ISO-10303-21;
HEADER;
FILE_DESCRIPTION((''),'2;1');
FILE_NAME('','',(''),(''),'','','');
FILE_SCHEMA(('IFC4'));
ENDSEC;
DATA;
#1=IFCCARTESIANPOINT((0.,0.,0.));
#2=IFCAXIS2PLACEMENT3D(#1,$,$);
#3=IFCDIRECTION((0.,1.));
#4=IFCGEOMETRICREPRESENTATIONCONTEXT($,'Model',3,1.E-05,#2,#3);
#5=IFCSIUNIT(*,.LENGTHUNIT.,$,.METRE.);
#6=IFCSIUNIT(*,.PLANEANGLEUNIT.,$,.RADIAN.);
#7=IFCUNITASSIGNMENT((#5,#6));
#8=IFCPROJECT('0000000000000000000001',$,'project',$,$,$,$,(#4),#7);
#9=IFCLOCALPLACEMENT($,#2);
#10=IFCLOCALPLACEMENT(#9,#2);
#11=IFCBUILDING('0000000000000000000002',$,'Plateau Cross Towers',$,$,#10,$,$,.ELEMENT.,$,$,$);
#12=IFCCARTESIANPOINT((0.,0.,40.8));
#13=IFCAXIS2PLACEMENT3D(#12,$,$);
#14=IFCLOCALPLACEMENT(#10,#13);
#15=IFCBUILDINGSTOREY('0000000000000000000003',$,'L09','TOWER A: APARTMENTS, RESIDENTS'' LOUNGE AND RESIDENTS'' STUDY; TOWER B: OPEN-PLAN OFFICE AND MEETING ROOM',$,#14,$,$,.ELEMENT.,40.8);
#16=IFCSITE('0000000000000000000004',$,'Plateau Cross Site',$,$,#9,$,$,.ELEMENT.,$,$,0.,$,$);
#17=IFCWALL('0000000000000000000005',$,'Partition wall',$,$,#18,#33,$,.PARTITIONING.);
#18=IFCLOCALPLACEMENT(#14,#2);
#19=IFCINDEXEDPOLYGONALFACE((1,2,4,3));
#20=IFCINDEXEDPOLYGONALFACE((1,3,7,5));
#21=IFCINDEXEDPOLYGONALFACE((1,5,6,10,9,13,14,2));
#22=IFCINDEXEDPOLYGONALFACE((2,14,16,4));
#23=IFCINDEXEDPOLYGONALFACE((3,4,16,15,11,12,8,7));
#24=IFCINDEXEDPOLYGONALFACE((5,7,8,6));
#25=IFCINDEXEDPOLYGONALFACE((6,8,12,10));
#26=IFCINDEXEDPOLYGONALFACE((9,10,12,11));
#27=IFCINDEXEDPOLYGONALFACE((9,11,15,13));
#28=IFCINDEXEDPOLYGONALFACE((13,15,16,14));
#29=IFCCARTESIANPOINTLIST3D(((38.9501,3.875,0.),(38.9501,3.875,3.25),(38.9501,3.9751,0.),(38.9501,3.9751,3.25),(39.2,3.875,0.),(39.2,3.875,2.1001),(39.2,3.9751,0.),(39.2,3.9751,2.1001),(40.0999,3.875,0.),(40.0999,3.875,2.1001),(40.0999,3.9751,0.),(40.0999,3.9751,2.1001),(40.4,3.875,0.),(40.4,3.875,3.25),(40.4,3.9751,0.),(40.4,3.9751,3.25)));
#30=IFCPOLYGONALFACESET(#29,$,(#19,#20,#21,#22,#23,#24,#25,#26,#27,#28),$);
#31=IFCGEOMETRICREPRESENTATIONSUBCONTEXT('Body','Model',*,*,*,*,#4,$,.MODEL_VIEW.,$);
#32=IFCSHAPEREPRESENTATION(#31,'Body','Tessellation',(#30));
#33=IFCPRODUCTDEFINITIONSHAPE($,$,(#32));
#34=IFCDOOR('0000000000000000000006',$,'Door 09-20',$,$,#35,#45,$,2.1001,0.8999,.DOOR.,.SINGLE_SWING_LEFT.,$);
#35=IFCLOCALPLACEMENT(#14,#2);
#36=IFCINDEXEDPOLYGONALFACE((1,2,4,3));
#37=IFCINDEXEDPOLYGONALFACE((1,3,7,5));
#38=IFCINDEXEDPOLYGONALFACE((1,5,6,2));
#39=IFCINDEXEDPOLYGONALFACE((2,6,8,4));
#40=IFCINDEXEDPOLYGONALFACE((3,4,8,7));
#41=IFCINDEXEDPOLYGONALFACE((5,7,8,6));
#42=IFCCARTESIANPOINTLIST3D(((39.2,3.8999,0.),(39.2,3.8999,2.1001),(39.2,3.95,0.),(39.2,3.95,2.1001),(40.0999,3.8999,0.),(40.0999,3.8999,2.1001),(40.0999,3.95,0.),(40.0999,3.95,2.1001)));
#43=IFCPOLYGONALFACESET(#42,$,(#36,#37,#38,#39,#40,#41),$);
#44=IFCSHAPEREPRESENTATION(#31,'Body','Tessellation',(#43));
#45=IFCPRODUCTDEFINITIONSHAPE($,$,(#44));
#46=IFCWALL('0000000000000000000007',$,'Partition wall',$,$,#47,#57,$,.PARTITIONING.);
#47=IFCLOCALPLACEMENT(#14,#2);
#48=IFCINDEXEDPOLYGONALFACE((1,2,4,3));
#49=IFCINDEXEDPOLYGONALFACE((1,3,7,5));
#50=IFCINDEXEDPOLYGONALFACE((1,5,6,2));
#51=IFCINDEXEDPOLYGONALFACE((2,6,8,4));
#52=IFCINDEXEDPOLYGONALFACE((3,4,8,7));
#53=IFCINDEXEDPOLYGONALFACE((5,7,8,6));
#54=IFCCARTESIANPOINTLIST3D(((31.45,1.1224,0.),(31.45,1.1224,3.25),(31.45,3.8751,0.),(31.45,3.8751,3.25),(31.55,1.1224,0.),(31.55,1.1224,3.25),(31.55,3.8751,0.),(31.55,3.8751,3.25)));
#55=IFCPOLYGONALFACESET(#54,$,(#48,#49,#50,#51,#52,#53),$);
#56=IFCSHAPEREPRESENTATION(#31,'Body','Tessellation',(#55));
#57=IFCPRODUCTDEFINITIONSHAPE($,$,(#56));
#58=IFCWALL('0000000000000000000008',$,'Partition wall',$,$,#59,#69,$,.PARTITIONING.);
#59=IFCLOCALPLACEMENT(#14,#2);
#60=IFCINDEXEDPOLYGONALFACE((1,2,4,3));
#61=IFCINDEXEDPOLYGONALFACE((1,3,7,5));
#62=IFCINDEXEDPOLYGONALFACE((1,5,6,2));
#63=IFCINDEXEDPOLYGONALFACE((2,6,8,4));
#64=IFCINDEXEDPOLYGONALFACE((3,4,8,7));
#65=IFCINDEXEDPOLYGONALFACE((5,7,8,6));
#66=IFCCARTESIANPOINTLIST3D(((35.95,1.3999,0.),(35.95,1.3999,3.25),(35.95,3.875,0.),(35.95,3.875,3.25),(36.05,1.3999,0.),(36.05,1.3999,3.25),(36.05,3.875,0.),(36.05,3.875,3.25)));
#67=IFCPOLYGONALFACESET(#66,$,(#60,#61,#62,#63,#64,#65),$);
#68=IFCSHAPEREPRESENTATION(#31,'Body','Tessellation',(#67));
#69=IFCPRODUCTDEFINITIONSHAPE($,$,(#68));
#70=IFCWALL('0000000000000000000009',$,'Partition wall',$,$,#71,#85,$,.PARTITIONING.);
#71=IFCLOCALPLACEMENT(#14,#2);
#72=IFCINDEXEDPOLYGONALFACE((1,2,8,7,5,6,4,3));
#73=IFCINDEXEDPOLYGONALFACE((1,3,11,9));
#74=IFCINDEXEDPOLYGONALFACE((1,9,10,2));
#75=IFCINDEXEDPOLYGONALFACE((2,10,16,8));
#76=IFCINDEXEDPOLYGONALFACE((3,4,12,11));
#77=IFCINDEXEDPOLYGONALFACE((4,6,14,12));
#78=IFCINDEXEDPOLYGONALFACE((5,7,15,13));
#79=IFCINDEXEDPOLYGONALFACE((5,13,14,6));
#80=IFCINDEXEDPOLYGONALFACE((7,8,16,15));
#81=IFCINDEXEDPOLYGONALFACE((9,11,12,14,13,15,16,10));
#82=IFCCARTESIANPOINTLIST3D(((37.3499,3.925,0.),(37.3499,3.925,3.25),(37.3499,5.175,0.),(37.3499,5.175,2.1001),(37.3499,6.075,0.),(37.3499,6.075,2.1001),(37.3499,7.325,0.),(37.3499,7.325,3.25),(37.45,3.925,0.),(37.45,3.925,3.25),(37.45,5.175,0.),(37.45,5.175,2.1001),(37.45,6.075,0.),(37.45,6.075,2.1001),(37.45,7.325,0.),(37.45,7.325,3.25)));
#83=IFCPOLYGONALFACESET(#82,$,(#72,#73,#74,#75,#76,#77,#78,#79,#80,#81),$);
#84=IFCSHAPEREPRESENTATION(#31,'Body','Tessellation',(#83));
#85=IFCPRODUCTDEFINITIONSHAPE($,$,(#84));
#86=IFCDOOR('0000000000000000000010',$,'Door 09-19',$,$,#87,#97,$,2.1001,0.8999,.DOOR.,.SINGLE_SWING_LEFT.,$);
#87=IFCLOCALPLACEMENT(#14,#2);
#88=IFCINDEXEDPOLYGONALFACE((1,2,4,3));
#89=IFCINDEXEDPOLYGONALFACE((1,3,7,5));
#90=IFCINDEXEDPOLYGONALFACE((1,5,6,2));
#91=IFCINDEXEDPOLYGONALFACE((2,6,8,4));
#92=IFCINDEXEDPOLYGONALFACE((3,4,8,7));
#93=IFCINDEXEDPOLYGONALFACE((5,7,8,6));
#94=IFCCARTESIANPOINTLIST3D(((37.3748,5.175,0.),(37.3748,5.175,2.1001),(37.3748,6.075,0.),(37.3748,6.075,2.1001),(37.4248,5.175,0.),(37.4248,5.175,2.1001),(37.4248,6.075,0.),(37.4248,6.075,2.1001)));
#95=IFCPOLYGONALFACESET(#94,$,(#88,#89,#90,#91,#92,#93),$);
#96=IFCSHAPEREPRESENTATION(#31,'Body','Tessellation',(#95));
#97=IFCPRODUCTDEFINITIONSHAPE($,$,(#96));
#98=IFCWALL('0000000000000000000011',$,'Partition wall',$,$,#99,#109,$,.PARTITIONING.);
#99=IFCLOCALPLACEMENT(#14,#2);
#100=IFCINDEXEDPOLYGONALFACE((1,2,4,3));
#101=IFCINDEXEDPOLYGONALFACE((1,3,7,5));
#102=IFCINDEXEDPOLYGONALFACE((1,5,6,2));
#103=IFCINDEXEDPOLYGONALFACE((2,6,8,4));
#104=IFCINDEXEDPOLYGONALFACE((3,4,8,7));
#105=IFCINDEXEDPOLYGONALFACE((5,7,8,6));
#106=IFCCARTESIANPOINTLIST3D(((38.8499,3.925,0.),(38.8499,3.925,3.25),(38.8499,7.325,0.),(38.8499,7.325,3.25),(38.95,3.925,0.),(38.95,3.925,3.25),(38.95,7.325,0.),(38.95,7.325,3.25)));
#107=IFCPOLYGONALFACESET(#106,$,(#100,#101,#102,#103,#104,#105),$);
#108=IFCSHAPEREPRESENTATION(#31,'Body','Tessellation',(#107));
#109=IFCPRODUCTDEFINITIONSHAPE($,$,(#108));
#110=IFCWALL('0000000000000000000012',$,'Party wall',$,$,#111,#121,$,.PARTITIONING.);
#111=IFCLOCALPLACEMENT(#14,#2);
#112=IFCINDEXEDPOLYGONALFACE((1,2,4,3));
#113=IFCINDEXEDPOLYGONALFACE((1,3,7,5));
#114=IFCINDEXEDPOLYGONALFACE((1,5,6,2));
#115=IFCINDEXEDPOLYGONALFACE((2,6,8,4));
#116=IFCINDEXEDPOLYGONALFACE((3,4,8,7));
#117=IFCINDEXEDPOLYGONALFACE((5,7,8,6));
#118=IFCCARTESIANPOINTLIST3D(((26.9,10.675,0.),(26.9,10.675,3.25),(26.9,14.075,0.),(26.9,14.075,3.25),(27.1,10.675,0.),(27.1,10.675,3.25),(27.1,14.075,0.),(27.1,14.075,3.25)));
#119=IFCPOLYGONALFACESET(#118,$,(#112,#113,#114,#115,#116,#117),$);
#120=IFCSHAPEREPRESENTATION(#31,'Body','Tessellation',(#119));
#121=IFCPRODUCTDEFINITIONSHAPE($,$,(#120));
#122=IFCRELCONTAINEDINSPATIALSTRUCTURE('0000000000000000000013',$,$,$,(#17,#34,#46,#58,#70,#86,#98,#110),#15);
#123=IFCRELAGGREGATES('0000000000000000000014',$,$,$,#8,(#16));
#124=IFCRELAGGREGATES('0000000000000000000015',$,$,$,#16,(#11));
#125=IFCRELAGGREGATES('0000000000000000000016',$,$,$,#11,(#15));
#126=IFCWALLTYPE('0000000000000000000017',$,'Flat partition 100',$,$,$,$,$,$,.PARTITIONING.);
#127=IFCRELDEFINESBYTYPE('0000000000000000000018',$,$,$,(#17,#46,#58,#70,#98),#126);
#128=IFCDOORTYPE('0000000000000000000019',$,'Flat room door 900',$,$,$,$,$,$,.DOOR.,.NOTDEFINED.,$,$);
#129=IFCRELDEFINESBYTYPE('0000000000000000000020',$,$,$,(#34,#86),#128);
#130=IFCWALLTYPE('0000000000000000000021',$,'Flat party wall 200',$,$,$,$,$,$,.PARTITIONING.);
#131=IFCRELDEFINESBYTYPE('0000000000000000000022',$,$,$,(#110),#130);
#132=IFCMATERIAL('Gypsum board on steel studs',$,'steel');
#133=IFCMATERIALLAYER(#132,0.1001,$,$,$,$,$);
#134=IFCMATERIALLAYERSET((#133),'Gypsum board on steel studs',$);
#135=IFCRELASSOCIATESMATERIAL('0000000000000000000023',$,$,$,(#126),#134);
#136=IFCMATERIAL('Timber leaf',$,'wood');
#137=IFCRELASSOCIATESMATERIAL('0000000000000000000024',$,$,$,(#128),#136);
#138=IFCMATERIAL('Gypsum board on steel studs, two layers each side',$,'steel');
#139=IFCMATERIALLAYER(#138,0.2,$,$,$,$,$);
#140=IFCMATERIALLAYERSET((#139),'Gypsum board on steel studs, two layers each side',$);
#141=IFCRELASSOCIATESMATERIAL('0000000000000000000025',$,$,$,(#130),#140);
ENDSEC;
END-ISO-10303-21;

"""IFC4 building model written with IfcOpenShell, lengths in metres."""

from ifc_helpers import new_model, si_unit, direction, frame, frame_2d, origin, place, context, subcontext, project, spatial, rectangle, extrude, material, layer, layer_set, type_object, element, fill, save


model = new_model("IFC4")

# Units and contexts
model_context = context("Model", 3, precision=1e-05, world=origin(), true_north=direction((0.0, 1.0)))
body_context = subcontext(model_context, "Body", "Model", "MODEL_VIEW")
ifc_project = project(units=[si_unit("LENGTHUNIT", "METRE"), si_unit("PLANEANGLEUNIT", "RADIAN")], contexts=[model_context])

# Site, building, storey
site_placement = place(None, origin())
site = spatial("IfcSite", under=ifc_project, at=site_placement, Name="Plateau Cross Site", CompositionType="ELEMENT", RefElevation=0.0)
building_placement = place(site_placement, origin())
building = spatial("IfcBuilding", under=site, at=building_placement, Name="Plateau Cross Towers", CompositionType="ELEMENT")
storey_placement = place(building_placement, frame((0.0, 0.0, 40.8)))
storey = spatial("IfcBuildingStorey", under=building, at=storey_placement, Name="L09", Description="TOWER A: APARTMENTS, RESIDENTS' LOUNGE AND RESIDENTS' STUDY; TOWER B: OPEN-PLAN OFFICE AND MEETING ROOM", CompositionType="ELEMENT", Elevation=40.8)

# Shared definitions
ifc_material_1 = material(Name="Gypsum board on steel studs", Category="steel")
ifc_layer_1 = layer(ifc_material_1, 0.1001)
ifc_layer_set_1 = layer_set([ifc_layer_1], Name="Gypsum board on steel studs")
wall_type_1 = type_object("IfcWallType", Name="Flat partition 100", PredefinedType="PARTITIONING", material=ifc_layer_set_1)
ifc_material_2 = material(Name="Timber leaf", Category="wood")
door_type = type_object("IfcDoorType", Name="Flat room door 900", OperationType="NOTDEFINED", PredefinedType="DOOR", material=ifc_material_2)

# Wall, opening, door
wall_1_placement = place(storey_placement, frame((38.95, 3.925, 0.0), z_axis=(0.0, 0.0, 1.0), x_axis=(1.0, 0.0, 0.0)))
wall_1 = element("IfcWall", 1, at=wall_1_placement, inside=storey, type_object=wall_type_1, Name="Partition wall", PredefinedType="PARTITIONING", context=body_context, shape_type="SweptSolid", body=[
    extrude(rectangle(XDim=1.45, YDim=0.1001, at=frame_2d((0.7251, 0.0))), origin(), (0.0, 0.0, 1.0), 3.25),
])
opening_1_placement = place(wall_1_placement, frame((0.25, 0.0, 0.0)))
opening_1 = element("IfcOpeningElement", 2, at=opening_1_placement, cuts=wall_1, PredefinedType="OPENING", context=body_context, shape_type="SweptSolid", body=[
    extrude(rectangle(XDim=0.8999, YDim=2.1001, at=frame_2d((0.45, 1.05))), frame((0.0, 0.0601, 0.0), z_axis=(0.0, -1.0, 0.0), x_axis=(1.0, 0.0, 0.0)), (0.0, 0.0, 1.0), 0.1201),
])
door_1_placement = place(opening_1_placement, origin())
door_1 = element("IfcDoor", 3, at=door_1_placement, inside=storey, type_object=door_type, Name="Door 09-20", OperationType="SINGLE_SWING_LEFT", OverallHeight=2.1001, OverallWidth=0.8999, PredefinedType="DOOR", context=body_context, shape_type="SweptSolid", body=[
    extrude(rectangle(XDim=0.8999, YDim=2.1001, at=frame_2d((0.45, 1.05))), frame((0.0, 0.0249, 0.0), z_axis=(0.0, -1.0, 0.0), x_axis=(1.0, 0.0, 0.0)), (0.0, 0.0, 1.0), 0.05),
])
fill(opening_1, door_1)

# Walls
wall_2_placement = place(storey_placement, frame((31.5, 1.1223, 0.0), z_axis=(0.0, 0.0, 1.0), x_axis=(0.0, 1.0, 0.0)))
element("IfcWall", 4, at=wall_2_placement, inside=storey, type_object=wall_type_1, Name="Partition wall", PredefinedType="PARTITIONING", context=body_context, shape_type="SweptSolid", body=[
    extrude(rectangle(XDim=2.7527, YDim=0.1001, at=frame_2d((1.3765, 0.0))), origin(), (0.0, 0.0, 1.0), 3.25),
])
wall_3_placement = place(storey_placement, frame((36.0, 1.3999, 0.0), z_axis=(0.0, 0.0, 1.0), x_axis=(0.0, 1.0, 0.0)))
element("IfcWall", 5, at=wall_3_placement, inside=storey, type_object=wall_type_1, Name="Partition wall", PredefinedType="PARTITIONING", context=body_context, shape_type="SweptSolid", body=[
    extrude(rectangle(XDim=2.4751, YDim=0.1001, at=frame_2d((1.2375, 0.0))), origin(), (0.0, 0.0, 1.0), 3.25),
])

# Wall, opening, door
wall_4_placement = place(storey_placement, frame((37.3999, 7.325, 0.0), z_axis=(0.0, 0.0, 1.0), x_axis=(0.0, -1.0, 0.0)))
wall_4 = element("IfcWall", 6, at=wall_4_placement, inside=storey, type_object=wall_type_1, Name="Partition wall", PredefinedType="PARTITIONING", context=body_context, shape_type="SweptSolid", body=[
    extrude(rectangle(XDim=3.3999, YDim=0.1001, at=frame_2d((1.7, 0.0))), origin(), (0.0, 0.0, 1.0), 3.25),
])
opening_2_placement = place(wall_4_placement, frame((1.25, 0.0, 0.0)))
opening_2 = element("IfcOpeningElement", 7, at=opening_2_placement, cuts=wall_4, PredefinedType="OPENING", context=body_context, shape_type="SweptSolid", body=[
    extrude(rectangle(XDim=0.8999, YDim=2.1001, at=frame_2d((0.45, 1.05))), frame((0.0, 0.0601, 0.0), z_axis=(0.0, -1.0, 0.0), x_axis=(1.0, 0.0, 0.0)), (0.0, 0.0, 1.0), 0.1201),
])
door_2_placement = place(opening_2_placement, origin())
door_2 = element("IfcDoor", 8, at=door_2_placement, inside=storey, type_object=door_type, Name="Door 09-19", OperationType="SINGLE_SWING_LEFT", OverallHeight=2.1001, OverallWidth=0.8999, PredefinedType="DOOR", context=body_context, shape_type="SweptSolid", body=[
    extrude(rectangle(XDim=0.8999, YDim=2.1001, at=frame_2d((0.45, 1.05))), frame((0.0, 0.0249, 0.0), z_axis=(0.0, -1.0, 0.0), x_axis=(1.0, 0.0, 0.0)), (0.0, 0.0, 1.0), 0.05),
])
fill(opening_2, door_2)

# Walls
wall_5_placement = place(storey_placement, frame((38.8999, 3.925, 0.0), z_axis=(0.0, 0.0, 1.0), x_axis=(0.0, 1.0, 0.0)))
element("IfcWall", 9, at=wall_5_placement, inside=storey, type_object=wall_type_1, Name="Partition wall", PredefinedType="PARTITIONING", context=body_context, shape_type="SweptSolid", body=[
    extrude(rectangle(XDim=3.3999, YDim=0.1001, at=frame_2d((1.7, 0.0))), origin(), (0.0, 0.0, 1.0), 3.25),
])
ifc_material_3 = material(Name="Gypsum board on steel studs, two layers each side", Category="steel")
ifc_layer_2 = layer(ifc_material_3, 0.2)
ifc_layer_set_2 = layer_set([ifc_layer_2], Name="Gypsum board on steel studs, two layers each side")
wall_type_2 = type_object("IfcWallType", Name="Flat party wall 200", PredefinedType="PARTITIONING", material=ifc_layer_set_2)
wall_6_placement = place(storey_placement, frame((27.0, 10.675, 0.0), z_axis=(0.0, 0.0, 1.0), x_axis=(0.0, 1.0, 0.0)))
element("IfcWall", 10, at=wall_6_placement, inside=storey, type_object=wall_type_2, Name="Party wall", PredefinedType="PARTITIONING", context=body_context, shape_type="SweptSolid", body=[
    extrude(rectangle(XDim=3.3999, YDim=0.2, at=frame_2d((1.7, 0.0))), origin(), (0.0, 0.0, 1.0), 3.25),
])

save(model, "model.ifc")
